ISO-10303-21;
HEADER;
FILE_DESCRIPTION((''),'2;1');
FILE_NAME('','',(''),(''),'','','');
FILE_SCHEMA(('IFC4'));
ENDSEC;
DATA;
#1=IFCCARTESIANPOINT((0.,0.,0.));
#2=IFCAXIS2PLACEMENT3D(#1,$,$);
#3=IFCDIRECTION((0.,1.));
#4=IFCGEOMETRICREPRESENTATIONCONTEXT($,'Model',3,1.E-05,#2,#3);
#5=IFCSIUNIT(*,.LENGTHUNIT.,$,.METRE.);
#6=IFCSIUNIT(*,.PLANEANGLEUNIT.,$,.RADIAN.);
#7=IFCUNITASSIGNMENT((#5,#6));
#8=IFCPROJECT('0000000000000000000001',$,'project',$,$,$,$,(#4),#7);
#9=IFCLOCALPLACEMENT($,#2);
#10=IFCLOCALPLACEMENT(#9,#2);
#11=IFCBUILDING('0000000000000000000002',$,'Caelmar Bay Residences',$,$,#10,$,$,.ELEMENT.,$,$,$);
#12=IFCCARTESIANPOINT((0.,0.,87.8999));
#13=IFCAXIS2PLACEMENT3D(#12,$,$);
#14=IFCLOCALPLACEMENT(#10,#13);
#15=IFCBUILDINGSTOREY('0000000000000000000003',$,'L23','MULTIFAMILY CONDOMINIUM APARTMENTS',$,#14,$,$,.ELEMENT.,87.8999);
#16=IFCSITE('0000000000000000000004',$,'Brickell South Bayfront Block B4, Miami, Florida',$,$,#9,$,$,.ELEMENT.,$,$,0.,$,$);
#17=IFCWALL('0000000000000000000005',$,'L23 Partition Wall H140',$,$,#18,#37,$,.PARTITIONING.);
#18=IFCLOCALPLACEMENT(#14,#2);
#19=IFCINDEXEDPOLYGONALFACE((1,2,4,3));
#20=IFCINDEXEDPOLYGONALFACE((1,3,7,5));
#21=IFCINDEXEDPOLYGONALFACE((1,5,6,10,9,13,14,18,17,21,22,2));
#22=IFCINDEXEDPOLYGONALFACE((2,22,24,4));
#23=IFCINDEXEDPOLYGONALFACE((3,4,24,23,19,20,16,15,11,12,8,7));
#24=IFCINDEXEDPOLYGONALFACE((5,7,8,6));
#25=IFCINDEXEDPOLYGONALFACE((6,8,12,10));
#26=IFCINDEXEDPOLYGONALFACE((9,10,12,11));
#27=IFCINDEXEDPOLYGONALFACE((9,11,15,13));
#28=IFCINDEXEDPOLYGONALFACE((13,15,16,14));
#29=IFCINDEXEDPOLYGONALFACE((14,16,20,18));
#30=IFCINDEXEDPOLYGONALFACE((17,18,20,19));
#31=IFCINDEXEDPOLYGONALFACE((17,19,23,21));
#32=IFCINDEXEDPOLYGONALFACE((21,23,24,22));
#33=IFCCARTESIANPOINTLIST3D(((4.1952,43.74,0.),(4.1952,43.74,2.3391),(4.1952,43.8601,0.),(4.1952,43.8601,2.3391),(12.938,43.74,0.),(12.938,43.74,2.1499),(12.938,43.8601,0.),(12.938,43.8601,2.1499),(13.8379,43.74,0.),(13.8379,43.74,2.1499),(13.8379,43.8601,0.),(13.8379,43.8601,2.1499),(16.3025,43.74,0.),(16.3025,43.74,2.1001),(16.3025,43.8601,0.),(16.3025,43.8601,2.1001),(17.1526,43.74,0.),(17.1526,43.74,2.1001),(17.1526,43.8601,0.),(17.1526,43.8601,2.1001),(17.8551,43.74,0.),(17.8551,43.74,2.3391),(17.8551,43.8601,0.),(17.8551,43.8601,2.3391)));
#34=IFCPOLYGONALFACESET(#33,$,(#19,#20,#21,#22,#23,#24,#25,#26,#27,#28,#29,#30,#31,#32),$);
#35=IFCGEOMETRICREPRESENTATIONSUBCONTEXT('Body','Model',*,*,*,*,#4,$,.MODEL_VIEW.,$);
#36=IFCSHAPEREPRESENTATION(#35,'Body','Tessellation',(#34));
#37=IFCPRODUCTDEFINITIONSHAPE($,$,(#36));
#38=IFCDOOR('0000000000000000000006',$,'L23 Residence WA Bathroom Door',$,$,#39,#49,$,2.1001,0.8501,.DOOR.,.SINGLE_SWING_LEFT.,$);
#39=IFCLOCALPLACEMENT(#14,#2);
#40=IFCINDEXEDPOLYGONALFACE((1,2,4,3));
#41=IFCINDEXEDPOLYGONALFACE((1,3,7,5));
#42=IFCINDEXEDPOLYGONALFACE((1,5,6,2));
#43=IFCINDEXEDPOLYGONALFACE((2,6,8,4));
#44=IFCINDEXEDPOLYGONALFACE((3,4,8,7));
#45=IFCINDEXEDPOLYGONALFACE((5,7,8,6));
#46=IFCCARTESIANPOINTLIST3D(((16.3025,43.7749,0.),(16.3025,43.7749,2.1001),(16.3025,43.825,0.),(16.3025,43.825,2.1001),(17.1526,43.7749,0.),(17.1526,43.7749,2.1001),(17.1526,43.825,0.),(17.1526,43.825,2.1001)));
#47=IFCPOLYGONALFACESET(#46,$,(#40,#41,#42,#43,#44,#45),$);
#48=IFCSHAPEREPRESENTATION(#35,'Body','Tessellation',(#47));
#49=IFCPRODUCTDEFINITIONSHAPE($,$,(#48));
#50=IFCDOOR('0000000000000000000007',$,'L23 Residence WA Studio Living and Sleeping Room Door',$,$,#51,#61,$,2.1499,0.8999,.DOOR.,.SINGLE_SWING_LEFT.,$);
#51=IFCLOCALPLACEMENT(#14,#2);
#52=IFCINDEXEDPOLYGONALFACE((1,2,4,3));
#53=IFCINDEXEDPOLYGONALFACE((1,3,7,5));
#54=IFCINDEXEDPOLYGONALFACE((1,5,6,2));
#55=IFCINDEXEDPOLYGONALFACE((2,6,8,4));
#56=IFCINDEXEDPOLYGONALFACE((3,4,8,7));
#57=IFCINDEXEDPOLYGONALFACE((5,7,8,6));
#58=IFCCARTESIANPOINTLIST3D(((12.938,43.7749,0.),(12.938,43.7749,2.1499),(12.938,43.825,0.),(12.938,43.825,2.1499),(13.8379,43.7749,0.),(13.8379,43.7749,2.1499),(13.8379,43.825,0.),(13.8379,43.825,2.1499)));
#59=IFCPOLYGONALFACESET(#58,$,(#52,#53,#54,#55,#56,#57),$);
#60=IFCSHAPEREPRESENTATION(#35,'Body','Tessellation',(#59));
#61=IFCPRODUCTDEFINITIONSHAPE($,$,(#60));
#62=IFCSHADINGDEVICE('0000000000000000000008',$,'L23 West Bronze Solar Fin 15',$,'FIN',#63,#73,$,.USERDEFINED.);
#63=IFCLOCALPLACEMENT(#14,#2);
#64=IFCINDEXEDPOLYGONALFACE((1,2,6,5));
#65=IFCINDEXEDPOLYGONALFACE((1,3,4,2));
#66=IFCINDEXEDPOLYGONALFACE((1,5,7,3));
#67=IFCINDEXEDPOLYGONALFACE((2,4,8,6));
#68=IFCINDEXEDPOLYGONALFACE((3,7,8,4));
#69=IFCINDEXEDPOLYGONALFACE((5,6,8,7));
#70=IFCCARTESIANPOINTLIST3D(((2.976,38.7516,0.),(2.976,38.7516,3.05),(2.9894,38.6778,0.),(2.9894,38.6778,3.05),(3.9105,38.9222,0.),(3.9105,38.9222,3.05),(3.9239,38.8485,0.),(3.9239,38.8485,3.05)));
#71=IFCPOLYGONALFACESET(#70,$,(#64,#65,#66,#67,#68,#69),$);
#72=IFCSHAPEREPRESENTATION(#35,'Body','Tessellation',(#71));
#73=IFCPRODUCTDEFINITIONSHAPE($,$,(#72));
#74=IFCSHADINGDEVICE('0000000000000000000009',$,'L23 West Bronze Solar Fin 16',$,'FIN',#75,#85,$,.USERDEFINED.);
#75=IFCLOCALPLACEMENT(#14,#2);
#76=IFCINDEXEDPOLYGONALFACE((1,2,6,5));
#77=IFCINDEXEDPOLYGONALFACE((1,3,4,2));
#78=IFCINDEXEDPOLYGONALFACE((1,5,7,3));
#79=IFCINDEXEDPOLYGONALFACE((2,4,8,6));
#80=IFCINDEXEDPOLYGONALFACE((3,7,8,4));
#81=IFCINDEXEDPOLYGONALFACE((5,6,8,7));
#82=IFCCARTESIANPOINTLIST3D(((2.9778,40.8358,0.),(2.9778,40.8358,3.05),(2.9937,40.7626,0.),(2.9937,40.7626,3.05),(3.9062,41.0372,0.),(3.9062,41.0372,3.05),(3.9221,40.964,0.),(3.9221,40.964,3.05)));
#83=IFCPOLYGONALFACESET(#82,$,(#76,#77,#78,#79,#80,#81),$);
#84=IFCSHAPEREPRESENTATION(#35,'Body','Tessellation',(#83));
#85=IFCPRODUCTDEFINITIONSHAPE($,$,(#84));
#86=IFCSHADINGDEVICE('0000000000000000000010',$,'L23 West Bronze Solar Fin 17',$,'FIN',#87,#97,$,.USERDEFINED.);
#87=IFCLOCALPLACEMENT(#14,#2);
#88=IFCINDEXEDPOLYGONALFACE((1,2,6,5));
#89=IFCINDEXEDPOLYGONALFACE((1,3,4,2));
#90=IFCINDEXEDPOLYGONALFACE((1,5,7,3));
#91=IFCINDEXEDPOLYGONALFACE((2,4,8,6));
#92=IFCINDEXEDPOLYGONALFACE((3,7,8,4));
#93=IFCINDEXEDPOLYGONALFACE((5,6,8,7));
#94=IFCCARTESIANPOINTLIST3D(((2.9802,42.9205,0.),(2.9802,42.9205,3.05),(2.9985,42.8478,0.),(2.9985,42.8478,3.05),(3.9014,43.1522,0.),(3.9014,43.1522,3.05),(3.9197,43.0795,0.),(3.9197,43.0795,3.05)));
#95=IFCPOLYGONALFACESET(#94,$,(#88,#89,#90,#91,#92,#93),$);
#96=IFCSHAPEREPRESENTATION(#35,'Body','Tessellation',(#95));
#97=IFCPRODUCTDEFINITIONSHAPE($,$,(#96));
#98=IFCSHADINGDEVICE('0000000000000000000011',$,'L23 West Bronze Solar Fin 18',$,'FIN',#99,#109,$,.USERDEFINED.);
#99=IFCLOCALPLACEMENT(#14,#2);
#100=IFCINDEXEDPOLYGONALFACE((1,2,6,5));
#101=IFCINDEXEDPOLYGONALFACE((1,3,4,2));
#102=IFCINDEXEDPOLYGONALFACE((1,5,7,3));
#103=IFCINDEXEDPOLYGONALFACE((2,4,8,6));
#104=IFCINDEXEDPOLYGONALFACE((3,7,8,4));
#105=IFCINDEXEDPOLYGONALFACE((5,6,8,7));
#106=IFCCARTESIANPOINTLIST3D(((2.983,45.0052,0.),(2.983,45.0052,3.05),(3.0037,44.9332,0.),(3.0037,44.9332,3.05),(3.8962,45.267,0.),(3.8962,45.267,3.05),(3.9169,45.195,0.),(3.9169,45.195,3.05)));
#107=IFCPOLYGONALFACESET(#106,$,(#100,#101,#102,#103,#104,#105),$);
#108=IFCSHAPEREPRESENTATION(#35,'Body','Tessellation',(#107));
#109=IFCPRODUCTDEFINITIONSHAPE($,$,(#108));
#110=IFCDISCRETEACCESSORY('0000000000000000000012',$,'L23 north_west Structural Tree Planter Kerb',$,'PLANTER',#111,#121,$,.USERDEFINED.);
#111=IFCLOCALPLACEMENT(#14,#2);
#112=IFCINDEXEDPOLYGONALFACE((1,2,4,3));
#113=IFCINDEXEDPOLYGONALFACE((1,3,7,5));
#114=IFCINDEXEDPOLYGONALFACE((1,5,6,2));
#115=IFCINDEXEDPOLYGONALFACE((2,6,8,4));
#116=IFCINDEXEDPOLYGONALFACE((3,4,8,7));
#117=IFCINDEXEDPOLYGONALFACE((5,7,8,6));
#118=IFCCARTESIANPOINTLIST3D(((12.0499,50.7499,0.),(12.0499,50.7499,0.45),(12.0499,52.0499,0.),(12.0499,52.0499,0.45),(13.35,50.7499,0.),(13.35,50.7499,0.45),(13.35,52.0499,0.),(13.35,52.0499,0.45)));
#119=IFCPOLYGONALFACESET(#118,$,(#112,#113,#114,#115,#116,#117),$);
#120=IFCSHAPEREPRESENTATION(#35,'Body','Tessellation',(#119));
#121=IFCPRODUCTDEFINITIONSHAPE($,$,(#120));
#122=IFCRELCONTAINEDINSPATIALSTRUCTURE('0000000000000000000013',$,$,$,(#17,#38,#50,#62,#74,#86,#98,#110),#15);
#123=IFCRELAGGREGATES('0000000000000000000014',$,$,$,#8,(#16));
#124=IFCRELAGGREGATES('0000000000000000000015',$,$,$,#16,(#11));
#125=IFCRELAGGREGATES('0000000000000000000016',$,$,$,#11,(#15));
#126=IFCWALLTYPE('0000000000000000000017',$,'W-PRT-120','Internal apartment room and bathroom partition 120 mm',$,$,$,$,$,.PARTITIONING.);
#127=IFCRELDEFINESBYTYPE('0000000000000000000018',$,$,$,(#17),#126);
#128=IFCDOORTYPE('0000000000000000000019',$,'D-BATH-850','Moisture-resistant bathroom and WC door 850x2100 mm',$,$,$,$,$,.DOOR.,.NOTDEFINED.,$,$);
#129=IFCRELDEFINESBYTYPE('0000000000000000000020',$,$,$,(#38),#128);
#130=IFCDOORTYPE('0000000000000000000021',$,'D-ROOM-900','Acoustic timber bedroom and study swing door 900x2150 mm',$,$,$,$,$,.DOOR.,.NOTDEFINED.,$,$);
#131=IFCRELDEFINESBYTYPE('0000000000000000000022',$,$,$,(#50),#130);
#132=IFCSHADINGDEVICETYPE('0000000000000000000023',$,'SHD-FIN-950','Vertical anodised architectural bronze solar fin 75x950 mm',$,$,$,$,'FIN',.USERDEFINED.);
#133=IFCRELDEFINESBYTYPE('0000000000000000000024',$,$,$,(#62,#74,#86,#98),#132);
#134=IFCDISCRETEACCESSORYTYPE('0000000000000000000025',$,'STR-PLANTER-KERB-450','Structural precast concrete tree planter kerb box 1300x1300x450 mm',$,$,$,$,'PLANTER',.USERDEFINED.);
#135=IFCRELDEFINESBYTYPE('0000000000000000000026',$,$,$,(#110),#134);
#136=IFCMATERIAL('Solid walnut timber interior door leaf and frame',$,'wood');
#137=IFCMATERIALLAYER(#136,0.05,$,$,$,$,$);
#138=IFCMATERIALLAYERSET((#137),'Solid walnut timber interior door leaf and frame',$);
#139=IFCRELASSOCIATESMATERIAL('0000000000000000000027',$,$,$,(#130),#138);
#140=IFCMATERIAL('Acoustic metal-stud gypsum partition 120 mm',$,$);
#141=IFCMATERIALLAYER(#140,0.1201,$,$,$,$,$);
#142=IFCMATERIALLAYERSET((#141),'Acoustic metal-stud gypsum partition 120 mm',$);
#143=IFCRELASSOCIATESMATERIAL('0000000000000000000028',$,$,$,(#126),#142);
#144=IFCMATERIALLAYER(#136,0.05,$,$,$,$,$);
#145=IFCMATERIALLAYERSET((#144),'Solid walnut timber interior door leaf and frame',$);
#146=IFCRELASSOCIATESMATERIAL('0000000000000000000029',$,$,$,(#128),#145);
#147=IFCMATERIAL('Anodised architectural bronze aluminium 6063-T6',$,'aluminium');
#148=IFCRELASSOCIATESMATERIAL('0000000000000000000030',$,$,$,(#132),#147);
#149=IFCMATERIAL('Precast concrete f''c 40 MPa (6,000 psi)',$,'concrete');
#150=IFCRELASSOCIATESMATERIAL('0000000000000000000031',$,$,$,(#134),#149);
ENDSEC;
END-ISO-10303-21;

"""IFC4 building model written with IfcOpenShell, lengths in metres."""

from ifc_helpers import new_model, si_unit, direction, frame, frame_2d, origin, origin_2d, place, context, subcontext, project, spatial, rectangle, extrude, material, layer, layer_set, material_profile, profile_set, type_object, element, fill, save


model = new_model("IFC4")

# Units and contexts
model_context = context("Model", 3, precision=1e-05, world=origin(), true_north=direction((0.0, 1.0)))
body_context = subcontext(model_context, "Body", "Model", "MODEL_VIEW")
ifc_project = project(units=[si_unit("LENGTHUNIT", "METRE"), si_unit("PLANEANGLEUNIT", "RADIAN")], contexts=[model_context])

# Site, building, storey
site_placement = place(None, origin())
site = spatial("IfcSite", under=ifc_project, at=site_placement, Name="Brickell South Bayfront Block B4, Miami, Florida", CompositionType="ELEMENT", RefElevation=0.0)
building_placement = place(site_placement, origin())
building = spatial("IfcBuilding", under=site, at=building_placement, Name="Caelmar Bay Residences", CompositionType="ELEMENT")
storey_placement = place(building_placement, frame((0.0, 0.0, 87.8999)))
storey = spatial("IfcBuildingStorey", under=building, at=storey_placement, Name="L23", Description="MULTIFAMILY CONDOMINIUM APARTMENTS", CompositionType="ELEMENT", Elevation=87.8999)

# Shared definitions
ifc_material_1 = material(Name="Precast concrete f'c 40 MPa (6,000 psi)", Category="concrete")

# Shared definitions
ifc_material_2 = material(Name="Solid walnut timber interior door leaf and frame", Category="wood")
ifc_layer_1 = layer(ifc_material_2, 0.05)
ifc_layer_set_1 = layer_set([ifc_layer_1], Name="Solid walnut timber interior door leaf and frame")
door_type_1 = type_object("IfcDoorType", Name="D-ROOM-900", Description="Acoustic timber bedroom and study swing door 900x2150 mm", OperationType="NOTDEFINED", PredefinedType="DOOR", material=ifc_layer_set_1)
ifc_material_3 = material(Name="Acoustic metal-stud gypsum partition 120 mm")
ifc_layer_2 = layer(ifc_material_3, 0.1201)
ifc_layer_set_2 = layer_set([ifc_layer_2], Name="Acoustic metal-stud gypsum partition 120 mm")
wall_type_1 = type_object("IfcWallType", Name="W-PRT-120", Description="Internal apartment room and bathroom partition 120 mm", PredefinedType="PARTITIONING", material=ifc_layer_set_2)

# Wall, openings, doors
wall_1_placement = place(storey_placement, frame((4.1951, 43.8, 0.0), z_axis=(0.0, 0.0, 1.0), x_axis=(1.0, 0.0, 0.0)))
wall_1 = element("IfcWall", 1, at=wall_1_placement, inside=storey, type_object=wall_type_1, Name="L23 Partition Wall H140", PredefinedType="PARTITIONING", context=body_context, shape_type="SweptSolid", body=[
    extrude(rectangle(XDim=13.6599, YDim=0.1201, at=frame_2d((6.8301, 0.0))), origin(), (0.0, 0.0, 1.0), 2.3391),
])
opening_1_placement = place(wall_1_placement, frame((8.7429, 0.0, 0.0)))
opening_1 = element("IfcOpeningElement", 2, at=opening_1_placement, cuts=wall_1, PredefinedType="OPENING", context=body_context, shape_type="SweptSolid", body=[
    extrude(rectangle(XDim=0.8999, YDim=2.1499, at=frame_2d((0.45, 1.075))), frame((0.0, 0.0701, 0.0), z_axis=(0.0, -1.0, 0.0), x_axis=(1.0, 0.0, 0.0)), (0.0, 0.0, 1.0), 0.1401),
])
opening_2_placement = place(wall_1_placement, frame((12.1074, 0.0, 0.0)))
opening_2 = element("IfcOpeningElement", 3, at=opening_2_placement, cuts=wall_1, PredefinedType="OPENING", context=body_context, shape_type="SweptSolid", body=[
    extrude(rectangle(XDim=0.8501, YDim=2.1001, at=frame_2d((0.425, 1.05))), frame((0.0, 0.0701, 0.0), z_axis=(0.0, -1.0, 0.0), x_axis=(1.0, 0.0, 0.0)), (0.0, 0.0, 1.0), 0.1401),
])
ifc_layer_3 = layer(ifc_material_2, 0.05)
ifc_layer_set_3 = layer_set([ifc_layer_3], Name="Solid walnut timber interior door leaf and frame")
door_type_2 = type_object("IfcDoorType", Name="D-BATH-850", Description="Moisture-resistant bathroom and WC door 850x2100 mm", OperationType="NOTDEFINED", PredefinedType="DOOR", material=ifc_layer_set_3)
door_1_placement = place(opening_2_placement, origin())
door_1 = element("IfcDoor", 4, at=door_1_placement, inside=storey, type_object=door_type_2, Name="L23 Residence WA Bathroom Door", OperationType="SINGLE_SWING_LEFT", OverallHeight=2.1001, OverallWidth=0.8501, PredefinedType="DOOR", context=body_context, shape_type="SweptSolid", body=[
    extrude(rectangle(XDim=0.8501, YDim=2.1001, at=frame_2d((0.425, 1.05))), frame((0.0, 0.0249, 0.0), z_axis=(0.0, -1.0, 0.0), x_axis=(1.0, 0.0, 0.0)), (0.0, 0.0, 1.0), 0.05),
])
fill(opening_2, door_1)
door_2_placement = place(opening_1_placement, origin())
door_2 = element("IfcDoor", 5, at=door_2_placement, inside=storey, type_object=door_type_1, Name="L23 Residence WA Studio Living and Sleeping Room Door", OperationType="SINGLE_SWING_LEFT", OverallHeight=2.1499, OverallWidth=0.8999, PredefinedType="DOOR", context=body_context, shape_type="SweptSolid", body=[
    extrude(rectangle(XDim=0.8999, YDim=2.1499, at=frame_2d((0.45, 1.075))), frame((0.0, 0.0249, 0.0), z_axis=(0.0, -1.0, 0.0), x_axis=(1.0, 0.0, 0.0)), (0.0, 0.0, 1.0), 0.05),
])
fill(opening_1, door_2)

# Shading devices
ifc_material_4 = material(Name="Anodised architectural bronze aluminium 6063-T6", Category="aluminium")
ifc_material_profile_1 = material_profile(ifc_material_4, rectangle(XDim=0.075, YDim=0.95, at=origin_2d()), Name="BRONZE-FIN-75X950")
ifc_profile_set_1 = profile_set([ifc_material_profile_1], Name="Anodised architectural bronze aluminium 6063-T6")
shading_device_type = type_object("IfcShadingDeviceType", Name="SHD-FIN-950", Description="Vertical anodised architectural bronze solar fin 75x950 mm", ElementType="FIN", PredefinedType="USERDEFINED", material=ifc_profile_set_1)
for number, where, z_axis, x_axis, name in (
    (6, (3.45, 38.8, 0.0), (0.0, 0.0, 1.0), (-0.179661, 0.983729, 0.0), "L23 West Bronze Solar Fin 15"),
    (7, (3.45, 40.8999, 0.0), (0.0, 0.0, 1.0), (-0.212007, 0.977268, 0.0), "L23 West Bronze Solar Fin 16"),
    (8, (3.45, 43.0, 0.0), (0.0, 0.0, 1.0), (-0.243954, 0.969787, 0.0), "L23 West Bronze Solar Fin 17"),
    (9, (3.45, 45.1001, 0.0), (0.0, 0.0, 1.0), (-0.275637, 0.961262, 0.0), "L23 West Bronze Solar Fin 18"),
):
    element("IfcShadingDevice", number, at=place(storey_placement, frame(where, z_axis=z_axis, x_axis=x_axis)), inside=storey, type_object=shading_device_type, Name=name, ObjectType="FIN", PredefinedType="USERDEFINED", context=body_context, shape_type="SweptSolid", body=[
        extrude(rectangle(XDim=0.075, YDim=0.95, at=origin_2d()), origin(), (0.0, 0.0, 1.0), 3.05),
    ])

# Discrete accessory
discrete_accessory_type = type_object("IfcDiscreteAccessoryType", Name="STR-PLANTER-KERB-450", Description="Structural precast concrete tree planter kerb box 1300x1300x450 mm", ElementType="PLANTER", PredefinedType="USERDEFINED", material=ifc_material_1)
discrete_accessory_placement = place(storey_placement, frame((12.7, 51.3999, 0.0), z_axis=(0.0, 0.0, 1.0), x_axis=(1.0, 0.0, 0.0)))
element("IfcDiscreteAccessory", 10, at=discrete_accessory_placement, inside=storey, type_object=discrete_accessory_type, Name="L23 north_west Structural Tree Planter Kerb", ObjectType="PLANTER", PredefinedType="USERDEFINED", context=body_context, shape_type="SweptSolid", body=[
    extrude(rectangle(XDim=1.3, YDim=1.3, at=origin_2d()), origin(), (0.0, 0.0, 1.0), 0.45),
])

save(model, "model.ifc")
